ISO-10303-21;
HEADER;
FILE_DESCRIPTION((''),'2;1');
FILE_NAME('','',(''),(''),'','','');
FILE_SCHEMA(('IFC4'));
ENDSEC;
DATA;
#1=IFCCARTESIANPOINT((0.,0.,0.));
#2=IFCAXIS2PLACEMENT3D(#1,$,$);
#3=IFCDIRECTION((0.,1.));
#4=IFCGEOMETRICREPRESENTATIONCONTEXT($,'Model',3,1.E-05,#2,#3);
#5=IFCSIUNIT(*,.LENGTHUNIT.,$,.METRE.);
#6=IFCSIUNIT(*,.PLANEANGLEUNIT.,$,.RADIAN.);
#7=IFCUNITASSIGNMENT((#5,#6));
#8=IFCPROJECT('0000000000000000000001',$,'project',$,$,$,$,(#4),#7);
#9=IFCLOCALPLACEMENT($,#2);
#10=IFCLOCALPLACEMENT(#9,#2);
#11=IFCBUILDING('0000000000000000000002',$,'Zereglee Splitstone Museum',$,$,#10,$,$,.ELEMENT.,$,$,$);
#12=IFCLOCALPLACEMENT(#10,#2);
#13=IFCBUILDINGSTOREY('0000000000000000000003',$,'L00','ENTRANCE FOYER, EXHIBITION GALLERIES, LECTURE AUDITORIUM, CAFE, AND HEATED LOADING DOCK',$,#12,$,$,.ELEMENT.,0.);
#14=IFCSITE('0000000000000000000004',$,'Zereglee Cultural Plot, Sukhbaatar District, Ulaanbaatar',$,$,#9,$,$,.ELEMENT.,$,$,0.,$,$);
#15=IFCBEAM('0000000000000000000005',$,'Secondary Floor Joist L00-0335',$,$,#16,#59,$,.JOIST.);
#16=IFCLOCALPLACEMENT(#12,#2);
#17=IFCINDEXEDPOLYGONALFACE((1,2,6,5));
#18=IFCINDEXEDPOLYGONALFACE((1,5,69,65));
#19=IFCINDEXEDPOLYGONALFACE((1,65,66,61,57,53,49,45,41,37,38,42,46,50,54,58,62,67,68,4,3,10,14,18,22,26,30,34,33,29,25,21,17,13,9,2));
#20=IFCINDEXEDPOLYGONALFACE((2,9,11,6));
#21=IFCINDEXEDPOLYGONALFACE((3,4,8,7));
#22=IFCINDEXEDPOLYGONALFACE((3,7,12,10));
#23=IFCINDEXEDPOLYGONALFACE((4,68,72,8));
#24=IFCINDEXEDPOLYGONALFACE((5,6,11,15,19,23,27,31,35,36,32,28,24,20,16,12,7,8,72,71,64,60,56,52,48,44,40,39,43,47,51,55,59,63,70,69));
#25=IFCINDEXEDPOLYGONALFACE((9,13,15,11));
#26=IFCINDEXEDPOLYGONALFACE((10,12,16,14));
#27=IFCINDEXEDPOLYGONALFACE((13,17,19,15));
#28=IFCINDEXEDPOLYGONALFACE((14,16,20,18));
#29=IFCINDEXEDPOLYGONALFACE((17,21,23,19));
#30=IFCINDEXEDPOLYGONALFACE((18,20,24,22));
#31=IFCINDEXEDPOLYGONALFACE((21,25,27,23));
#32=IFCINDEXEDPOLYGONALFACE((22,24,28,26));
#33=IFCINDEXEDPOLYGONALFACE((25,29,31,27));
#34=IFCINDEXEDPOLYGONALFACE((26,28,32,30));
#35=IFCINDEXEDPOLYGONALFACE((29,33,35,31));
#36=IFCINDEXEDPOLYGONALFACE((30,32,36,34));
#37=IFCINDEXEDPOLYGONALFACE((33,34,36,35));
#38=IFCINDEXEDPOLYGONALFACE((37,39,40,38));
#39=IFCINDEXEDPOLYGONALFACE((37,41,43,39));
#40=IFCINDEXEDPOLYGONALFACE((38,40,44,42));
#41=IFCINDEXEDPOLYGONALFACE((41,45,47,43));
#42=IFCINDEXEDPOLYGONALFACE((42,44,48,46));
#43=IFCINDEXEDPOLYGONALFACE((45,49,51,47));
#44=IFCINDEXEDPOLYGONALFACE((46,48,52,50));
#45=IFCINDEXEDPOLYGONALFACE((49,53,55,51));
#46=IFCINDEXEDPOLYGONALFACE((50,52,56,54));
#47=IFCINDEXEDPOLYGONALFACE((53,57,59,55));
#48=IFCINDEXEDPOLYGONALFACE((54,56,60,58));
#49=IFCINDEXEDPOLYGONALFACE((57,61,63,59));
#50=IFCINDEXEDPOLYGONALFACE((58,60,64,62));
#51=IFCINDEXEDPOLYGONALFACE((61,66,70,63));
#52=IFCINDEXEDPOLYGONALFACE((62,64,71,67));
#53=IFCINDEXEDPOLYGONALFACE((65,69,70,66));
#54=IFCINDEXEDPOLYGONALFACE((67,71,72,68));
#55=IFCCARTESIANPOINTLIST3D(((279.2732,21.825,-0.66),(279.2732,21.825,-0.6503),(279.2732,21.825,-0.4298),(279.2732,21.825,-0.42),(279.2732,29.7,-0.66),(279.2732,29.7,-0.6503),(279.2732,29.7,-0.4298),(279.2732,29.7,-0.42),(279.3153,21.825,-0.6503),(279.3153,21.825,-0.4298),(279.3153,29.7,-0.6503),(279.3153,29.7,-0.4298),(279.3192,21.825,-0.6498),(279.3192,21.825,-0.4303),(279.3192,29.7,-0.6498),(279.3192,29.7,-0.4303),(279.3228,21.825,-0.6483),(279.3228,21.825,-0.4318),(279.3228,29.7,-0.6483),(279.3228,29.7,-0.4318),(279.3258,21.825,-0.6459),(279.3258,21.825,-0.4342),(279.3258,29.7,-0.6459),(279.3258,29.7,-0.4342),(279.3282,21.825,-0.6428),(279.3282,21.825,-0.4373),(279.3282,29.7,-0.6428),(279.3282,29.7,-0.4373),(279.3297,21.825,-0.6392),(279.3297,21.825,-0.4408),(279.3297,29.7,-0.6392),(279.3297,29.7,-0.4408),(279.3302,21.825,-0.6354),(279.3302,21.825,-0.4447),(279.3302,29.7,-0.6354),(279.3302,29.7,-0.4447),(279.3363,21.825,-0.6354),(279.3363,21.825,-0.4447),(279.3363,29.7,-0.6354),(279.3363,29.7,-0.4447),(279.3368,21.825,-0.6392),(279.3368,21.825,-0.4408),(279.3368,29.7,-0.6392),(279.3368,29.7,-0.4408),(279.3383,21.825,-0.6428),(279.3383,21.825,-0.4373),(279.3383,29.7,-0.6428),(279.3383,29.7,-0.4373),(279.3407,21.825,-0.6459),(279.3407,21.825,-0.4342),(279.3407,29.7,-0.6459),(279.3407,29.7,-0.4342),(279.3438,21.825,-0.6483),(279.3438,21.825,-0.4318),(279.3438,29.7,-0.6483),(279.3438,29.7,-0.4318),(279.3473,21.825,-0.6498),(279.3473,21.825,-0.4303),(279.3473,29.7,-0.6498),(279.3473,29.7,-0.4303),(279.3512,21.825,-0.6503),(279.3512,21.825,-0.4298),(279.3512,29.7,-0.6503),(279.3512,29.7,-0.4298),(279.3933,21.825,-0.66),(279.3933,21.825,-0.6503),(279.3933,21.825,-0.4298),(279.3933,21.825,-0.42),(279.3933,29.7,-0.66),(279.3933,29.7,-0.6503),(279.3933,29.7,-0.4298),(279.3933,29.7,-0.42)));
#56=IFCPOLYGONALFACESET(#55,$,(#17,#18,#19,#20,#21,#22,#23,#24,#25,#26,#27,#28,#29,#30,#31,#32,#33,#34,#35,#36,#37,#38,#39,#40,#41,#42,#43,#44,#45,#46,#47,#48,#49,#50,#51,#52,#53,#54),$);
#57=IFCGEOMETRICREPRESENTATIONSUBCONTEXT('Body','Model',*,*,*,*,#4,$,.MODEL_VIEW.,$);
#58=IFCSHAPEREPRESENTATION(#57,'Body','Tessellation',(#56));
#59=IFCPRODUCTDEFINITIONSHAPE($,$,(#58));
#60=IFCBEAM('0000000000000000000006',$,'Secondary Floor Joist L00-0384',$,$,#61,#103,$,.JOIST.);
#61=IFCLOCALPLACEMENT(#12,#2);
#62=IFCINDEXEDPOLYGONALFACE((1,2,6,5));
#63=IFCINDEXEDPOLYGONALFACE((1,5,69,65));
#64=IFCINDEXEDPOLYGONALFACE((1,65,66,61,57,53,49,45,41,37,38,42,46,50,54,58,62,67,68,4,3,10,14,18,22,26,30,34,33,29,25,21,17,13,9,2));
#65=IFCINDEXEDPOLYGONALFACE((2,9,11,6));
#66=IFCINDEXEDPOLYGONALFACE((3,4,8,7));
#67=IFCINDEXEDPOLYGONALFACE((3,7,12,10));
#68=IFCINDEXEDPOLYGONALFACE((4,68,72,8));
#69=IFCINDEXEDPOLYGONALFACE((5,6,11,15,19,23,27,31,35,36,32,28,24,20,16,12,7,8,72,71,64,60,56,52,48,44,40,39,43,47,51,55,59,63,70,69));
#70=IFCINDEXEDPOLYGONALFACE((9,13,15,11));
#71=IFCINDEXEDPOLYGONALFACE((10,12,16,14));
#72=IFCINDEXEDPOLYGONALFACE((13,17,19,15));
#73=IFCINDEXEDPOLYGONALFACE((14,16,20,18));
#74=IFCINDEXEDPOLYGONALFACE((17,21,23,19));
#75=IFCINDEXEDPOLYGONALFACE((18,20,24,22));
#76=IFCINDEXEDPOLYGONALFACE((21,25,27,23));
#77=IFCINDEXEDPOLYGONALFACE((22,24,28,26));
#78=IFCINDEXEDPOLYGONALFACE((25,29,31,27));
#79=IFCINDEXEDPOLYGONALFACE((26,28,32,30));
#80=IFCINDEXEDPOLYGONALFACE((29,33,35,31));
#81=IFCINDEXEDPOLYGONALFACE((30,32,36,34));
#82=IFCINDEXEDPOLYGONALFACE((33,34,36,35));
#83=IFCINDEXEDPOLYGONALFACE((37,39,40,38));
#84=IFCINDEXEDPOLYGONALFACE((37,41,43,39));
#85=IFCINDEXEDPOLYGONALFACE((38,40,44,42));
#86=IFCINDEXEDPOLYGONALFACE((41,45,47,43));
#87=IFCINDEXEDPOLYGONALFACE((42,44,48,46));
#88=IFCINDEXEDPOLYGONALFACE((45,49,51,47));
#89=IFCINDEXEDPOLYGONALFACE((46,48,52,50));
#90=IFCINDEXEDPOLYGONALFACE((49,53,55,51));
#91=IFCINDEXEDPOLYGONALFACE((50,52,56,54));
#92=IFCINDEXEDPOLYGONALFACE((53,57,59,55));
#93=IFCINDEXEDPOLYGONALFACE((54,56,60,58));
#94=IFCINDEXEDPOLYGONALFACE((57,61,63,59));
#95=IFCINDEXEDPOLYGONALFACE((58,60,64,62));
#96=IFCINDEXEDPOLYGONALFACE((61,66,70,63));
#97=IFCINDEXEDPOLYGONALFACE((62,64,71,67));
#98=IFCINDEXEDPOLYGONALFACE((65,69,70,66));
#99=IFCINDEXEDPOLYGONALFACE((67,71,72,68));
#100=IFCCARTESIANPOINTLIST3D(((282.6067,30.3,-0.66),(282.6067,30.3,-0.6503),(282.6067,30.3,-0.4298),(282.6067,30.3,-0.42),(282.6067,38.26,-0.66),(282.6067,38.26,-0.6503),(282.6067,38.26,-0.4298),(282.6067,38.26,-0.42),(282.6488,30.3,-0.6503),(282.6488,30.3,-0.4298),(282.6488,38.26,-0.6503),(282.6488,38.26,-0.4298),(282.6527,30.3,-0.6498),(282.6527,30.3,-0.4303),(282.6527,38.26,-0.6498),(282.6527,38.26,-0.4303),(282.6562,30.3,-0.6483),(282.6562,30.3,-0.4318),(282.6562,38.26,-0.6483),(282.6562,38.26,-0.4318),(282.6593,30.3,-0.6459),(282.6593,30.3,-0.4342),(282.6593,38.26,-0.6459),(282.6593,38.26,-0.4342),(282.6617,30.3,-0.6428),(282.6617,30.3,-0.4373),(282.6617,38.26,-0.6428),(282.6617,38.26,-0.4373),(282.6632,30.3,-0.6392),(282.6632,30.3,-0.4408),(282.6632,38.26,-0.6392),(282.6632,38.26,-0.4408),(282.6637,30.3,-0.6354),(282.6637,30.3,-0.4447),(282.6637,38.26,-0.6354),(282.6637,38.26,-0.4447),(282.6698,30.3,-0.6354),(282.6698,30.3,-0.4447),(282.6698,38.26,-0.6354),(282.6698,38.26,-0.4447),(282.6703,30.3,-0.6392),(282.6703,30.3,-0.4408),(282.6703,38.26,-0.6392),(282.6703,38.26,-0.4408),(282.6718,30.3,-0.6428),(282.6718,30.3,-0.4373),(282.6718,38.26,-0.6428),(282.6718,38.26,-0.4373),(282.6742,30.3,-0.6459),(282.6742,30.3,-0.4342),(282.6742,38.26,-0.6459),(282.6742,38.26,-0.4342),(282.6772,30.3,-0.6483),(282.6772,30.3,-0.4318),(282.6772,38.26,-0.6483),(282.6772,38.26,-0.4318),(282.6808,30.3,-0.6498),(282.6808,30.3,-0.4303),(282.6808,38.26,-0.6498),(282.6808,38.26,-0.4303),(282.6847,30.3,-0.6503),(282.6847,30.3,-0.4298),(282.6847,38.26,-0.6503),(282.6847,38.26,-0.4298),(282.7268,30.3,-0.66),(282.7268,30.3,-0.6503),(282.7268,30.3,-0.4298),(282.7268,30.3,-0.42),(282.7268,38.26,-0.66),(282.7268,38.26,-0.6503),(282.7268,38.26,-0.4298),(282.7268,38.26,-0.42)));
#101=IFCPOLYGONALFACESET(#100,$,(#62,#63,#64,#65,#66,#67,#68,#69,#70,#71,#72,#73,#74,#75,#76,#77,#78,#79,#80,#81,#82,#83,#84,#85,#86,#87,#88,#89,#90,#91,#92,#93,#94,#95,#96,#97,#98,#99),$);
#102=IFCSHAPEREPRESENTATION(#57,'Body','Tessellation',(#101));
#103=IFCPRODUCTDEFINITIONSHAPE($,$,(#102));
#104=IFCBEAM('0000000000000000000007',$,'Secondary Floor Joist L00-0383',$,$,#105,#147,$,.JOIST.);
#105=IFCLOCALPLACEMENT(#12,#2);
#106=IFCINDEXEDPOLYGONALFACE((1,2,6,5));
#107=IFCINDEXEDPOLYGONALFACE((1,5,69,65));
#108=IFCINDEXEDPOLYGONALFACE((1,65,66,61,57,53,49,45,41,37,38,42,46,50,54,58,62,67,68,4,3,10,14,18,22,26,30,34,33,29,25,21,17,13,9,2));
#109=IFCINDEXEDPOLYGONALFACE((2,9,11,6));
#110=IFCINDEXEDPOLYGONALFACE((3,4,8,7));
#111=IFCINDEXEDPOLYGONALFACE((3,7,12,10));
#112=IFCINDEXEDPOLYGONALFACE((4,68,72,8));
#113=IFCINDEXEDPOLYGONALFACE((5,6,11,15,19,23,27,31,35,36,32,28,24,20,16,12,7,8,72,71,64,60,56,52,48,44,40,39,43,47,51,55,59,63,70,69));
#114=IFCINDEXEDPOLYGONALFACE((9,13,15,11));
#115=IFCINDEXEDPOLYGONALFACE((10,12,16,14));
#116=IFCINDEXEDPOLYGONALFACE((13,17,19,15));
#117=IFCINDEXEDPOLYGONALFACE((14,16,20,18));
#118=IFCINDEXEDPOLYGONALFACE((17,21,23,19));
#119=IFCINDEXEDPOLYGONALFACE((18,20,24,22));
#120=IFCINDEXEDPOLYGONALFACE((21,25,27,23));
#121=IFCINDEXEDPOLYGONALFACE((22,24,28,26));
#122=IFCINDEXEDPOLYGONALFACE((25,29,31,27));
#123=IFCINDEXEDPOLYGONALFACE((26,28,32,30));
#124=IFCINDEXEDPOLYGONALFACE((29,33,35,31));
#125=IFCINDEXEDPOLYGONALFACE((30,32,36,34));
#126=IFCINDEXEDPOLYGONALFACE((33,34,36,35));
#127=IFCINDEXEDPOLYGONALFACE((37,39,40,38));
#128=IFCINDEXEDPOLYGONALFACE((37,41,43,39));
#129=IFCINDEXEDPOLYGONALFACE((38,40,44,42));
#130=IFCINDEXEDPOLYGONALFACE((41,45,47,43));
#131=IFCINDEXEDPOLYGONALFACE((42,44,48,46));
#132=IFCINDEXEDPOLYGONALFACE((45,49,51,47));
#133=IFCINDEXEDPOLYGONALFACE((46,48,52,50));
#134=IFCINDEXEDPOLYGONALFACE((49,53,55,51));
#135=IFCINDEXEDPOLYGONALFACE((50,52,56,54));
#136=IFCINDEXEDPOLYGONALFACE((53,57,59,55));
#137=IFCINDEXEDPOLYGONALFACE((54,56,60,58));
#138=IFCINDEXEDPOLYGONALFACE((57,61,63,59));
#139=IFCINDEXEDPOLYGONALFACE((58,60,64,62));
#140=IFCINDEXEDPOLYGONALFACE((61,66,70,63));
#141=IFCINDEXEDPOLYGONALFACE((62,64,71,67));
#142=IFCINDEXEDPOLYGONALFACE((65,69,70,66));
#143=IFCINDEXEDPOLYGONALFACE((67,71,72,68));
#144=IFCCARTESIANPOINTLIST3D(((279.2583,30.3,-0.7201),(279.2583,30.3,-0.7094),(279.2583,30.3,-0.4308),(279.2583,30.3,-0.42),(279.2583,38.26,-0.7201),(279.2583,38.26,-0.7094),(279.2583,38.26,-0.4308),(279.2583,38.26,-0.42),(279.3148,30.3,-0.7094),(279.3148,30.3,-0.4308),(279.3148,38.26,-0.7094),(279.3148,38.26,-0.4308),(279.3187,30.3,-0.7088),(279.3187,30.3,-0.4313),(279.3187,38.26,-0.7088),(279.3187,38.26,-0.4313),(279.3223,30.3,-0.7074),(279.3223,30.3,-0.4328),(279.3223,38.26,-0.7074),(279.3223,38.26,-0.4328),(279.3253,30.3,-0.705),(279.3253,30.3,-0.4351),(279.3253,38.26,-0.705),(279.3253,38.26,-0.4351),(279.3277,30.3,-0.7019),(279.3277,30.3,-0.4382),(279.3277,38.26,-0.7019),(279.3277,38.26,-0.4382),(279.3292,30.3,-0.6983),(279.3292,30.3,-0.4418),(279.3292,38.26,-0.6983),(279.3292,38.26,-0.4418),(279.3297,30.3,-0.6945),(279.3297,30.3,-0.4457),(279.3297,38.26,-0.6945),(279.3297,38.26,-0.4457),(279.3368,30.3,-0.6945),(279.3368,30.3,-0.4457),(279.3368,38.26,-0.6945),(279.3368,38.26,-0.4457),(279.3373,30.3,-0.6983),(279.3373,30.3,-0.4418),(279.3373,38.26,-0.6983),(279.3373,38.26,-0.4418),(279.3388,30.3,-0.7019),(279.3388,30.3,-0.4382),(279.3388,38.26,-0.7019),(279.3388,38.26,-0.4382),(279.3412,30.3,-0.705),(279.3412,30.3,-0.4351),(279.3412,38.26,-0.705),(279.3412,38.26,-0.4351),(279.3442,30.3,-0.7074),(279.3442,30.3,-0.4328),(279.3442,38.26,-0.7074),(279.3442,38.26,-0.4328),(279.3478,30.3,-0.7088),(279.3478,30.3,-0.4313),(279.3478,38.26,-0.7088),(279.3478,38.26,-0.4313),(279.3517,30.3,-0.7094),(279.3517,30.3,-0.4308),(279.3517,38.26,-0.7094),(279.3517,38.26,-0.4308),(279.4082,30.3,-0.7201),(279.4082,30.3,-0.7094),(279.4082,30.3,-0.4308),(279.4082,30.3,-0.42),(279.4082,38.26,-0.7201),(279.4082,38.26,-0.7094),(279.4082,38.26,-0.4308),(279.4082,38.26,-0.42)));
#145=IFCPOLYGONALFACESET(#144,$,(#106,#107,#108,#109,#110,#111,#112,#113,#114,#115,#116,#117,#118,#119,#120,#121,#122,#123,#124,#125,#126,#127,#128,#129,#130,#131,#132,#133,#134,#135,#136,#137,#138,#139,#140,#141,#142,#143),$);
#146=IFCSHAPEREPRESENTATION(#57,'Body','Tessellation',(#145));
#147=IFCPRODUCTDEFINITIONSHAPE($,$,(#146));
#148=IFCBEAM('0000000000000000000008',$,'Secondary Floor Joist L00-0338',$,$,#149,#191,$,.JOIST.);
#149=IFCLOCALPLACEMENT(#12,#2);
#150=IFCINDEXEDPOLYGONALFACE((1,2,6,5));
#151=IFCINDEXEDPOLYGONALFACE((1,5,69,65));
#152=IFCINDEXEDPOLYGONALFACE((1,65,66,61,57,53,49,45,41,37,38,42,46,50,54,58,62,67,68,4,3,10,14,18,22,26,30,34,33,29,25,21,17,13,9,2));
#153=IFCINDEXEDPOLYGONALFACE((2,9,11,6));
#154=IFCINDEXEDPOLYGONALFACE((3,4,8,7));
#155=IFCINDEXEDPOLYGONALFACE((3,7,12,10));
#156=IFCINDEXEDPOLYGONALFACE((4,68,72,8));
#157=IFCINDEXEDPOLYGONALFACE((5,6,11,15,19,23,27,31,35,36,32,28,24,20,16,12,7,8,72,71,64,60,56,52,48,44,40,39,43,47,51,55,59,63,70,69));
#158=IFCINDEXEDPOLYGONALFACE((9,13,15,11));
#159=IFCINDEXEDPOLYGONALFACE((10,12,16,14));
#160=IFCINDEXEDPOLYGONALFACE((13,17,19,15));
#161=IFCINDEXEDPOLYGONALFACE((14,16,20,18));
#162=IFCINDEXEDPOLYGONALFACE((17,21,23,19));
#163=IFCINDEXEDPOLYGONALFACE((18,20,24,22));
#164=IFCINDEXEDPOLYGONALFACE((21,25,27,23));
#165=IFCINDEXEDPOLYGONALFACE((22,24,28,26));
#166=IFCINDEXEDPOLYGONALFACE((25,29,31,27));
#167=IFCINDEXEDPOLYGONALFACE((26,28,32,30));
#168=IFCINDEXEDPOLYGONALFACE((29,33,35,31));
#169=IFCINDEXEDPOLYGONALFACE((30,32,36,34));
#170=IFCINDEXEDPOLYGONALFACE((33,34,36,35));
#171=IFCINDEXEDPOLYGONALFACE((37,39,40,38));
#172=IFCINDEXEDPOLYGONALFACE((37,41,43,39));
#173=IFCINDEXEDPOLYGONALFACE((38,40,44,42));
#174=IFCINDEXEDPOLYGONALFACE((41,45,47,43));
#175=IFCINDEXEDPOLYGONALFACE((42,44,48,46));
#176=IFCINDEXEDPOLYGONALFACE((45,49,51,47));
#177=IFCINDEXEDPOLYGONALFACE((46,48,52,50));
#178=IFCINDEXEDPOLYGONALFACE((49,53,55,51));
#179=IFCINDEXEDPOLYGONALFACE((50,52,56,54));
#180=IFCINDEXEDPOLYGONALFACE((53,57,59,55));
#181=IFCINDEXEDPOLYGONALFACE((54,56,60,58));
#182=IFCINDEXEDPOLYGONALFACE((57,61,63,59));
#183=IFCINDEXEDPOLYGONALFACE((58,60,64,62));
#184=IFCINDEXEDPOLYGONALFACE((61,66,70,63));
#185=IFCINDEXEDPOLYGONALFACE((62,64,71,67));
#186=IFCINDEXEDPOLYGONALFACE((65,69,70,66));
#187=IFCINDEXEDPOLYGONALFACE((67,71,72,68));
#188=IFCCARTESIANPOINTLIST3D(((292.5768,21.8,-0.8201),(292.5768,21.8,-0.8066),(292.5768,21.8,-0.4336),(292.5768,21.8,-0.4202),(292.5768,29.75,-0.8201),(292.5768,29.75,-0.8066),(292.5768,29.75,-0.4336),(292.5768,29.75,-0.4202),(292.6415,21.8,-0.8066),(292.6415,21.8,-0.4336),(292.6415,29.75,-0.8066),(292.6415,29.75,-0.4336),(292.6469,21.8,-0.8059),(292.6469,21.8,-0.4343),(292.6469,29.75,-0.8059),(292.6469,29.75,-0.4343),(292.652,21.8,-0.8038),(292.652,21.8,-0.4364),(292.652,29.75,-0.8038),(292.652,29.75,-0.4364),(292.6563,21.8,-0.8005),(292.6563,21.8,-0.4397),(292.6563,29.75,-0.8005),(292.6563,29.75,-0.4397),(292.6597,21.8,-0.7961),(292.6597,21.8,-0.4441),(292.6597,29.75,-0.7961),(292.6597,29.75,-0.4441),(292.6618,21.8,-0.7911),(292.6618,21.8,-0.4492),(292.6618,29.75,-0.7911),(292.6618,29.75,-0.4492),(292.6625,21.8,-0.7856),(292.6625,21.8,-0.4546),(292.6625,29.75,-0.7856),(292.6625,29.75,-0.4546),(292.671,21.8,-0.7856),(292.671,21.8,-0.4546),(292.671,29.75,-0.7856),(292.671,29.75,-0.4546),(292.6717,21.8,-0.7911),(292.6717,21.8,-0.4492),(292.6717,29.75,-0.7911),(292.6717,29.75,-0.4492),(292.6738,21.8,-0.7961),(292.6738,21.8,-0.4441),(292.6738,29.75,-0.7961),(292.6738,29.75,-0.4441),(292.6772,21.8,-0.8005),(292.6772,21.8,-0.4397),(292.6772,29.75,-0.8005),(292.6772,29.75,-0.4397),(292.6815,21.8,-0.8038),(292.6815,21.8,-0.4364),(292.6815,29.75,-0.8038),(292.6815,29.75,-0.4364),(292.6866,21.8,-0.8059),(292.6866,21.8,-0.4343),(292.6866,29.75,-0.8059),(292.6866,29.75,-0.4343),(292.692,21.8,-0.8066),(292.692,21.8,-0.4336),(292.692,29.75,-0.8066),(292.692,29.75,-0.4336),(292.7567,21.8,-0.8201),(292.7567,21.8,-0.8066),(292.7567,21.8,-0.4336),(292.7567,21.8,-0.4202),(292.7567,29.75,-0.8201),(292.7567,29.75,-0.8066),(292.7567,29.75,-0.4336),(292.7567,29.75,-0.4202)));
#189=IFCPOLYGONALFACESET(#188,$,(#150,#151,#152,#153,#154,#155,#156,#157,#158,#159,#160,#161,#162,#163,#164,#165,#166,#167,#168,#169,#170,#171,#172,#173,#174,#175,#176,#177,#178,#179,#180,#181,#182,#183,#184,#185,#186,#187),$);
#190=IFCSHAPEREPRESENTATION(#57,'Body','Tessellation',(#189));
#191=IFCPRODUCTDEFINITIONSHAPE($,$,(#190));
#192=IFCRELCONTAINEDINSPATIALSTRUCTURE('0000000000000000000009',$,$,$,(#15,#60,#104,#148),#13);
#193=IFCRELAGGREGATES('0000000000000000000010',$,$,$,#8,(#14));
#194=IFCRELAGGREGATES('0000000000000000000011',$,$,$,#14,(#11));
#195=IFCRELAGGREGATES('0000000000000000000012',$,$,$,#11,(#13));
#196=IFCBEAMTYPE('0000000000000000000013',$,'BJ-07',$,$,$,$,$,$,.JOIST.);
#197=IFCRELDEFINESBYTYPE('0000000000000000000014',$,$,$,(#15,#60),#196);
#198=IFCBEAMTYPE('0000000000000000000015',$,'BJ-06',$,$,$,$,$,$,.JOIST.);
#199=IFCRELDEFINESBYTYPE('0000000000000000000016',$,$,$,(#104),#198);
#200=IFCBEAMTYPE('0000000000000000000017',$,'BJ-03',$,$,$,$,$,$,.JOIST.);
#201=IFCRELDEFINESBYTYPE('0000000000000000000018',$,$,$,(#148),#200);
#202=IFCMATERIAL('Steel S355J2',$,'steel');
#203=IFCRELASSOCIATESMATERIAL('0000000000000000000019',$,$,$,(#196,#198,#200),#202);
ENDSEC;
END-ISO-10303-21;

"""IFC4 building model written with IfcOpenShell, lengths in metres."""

from ifc_helpers import new_model, si_unit, direction, frame, origin, origin_2d, place, context, subcontext, project, spatial, i_section, extrude, material, material_profile, profile_set, type_object, element, save


model = new_model("IFC4")

# Units and contexts
model_context = context("Model", 3, precision=1e-05, world=origin(), true_north=direction((0.0, 1.0)))
body_context = subcontext(model_context, "Body", "Model", "MODEL_VIEW")
ifc_project = project(units=[si_unit("LENGTHUNIT", "METRE"), si_unit("PLANEANGLEUNIT", "RADIAN")], contexts=[model_context])

# Site, building, storey
site_placement = place(None, origin())
site = spatial("IfcSite", under=ifc_project, at=site_placement, Name="Zereglee Cultural Plot, Sukhbaatar District, Ulaanbaatar", CompositionType="ELEMENT", RefElevation=0.0)
building_placement = place(site_placement, origin())
building = spatial("IfcBuilding", under=site, at=building_placement, Name="Zereglee Splitstone Museum", CompositionType="ELEMENT")
storey_placement = place(building_placement, origin())
storey = spatial("IfcBuildingStorey", under=building, at=storey_placement, Name="L00", Description="ENTRANCE FOYER, EXHIBITION GALLERIES, LECTURE AUDITORIUM, CAFE, AND HEATED LOADING DOCK", CompositionType="ELEMENT", Elevation=0.0)

# Beams
ifc_material_1 = material(Name="Steel S355J2", Category="steel")
ifc_material_profile_1 = material_profile(ifc_material_1, i_section(OverallWidth=0.1201, OverallDepth=0.24, WebThickness=0.0061, FlangeThickness=0.0098, FilletRadius=0.0149, at=origin_2d()), Name="IPE 240")
ifc_profile_set_1 = profile_set([ifc_material_profile_1], Name="Steel S355J2")
beam_type_1 = type_object("IfcBeamType", Name="BJ-07", PredefinedType="JOIST", material=ifc_profile_set_1)
beam_1_placement = place(storey_placement, frame((279.3333, 21.825, -0.54), z_axis=(0.0, 1.0, 0.0), x_axis=(-1.0, 0.0, 0.0)))
element("IfcBeam", 1, at=beam_1_placement, inside=storey, type_object=beam_type_1, Name="Secondary Floor Joist L00-0335", PredefinedType="JOIST", context=body_context, shape_type="SweptSolid", body=[
    extrude(i_section(OverallWidth=0.1201, OverallDepth=0.24, WebThickness=0.0061, FlangeThickness=0.0098, FilletRadius=0.0149, at=origin_2d()), origin(), (0.0, 0.0, 1.0), 7.875),
])
beam_2_placement = place(storey_placement, frame((282.6667, 30.3, -0.54), z_axis=(0.0, 1.0, 0.0), x_axis=(-1.0, 0.0, 0.0)))
element("IfcBeam", 2, at=beam_2_placement, inside=storey, type_object=beam_type_1, Name="Secondary Floor Joist L00-0384", PredefinedType="JOIST", context=body_context, shape_type="SweptSolid", body=[
    extrude(i_section(OverallWidth=0.1201, OverallDepth=0.24, WebThickness=0.0061, FlangeThickness=0.0098, FilletRadius=0.0149, at=origin_2d()), origin(), (0.0, 0.0, 1.0), 7.96),
])
ifc_material_profile_2 = material_profile(ifc_material_1, i_section(OverallWidth=0.1499, OverallDepth=0.3, WebThickness=0.0071, FlangeThickness=0.0107, FilletRadius=0.0149, at=origin_2d()), Name="IPE 300")
ifc_profile_set_2 = profile_set([ifc_material_profile_2], Name="Steel S355J2")
beam_type_2 = type_object("IfcBeamType", Name="BJ-06", PredefinedType="JOIST", material=ifc_profile_set_2)
beam_3_placement = place(storey_placement, frame((279.3333, 30.3, -0.5701), z_axis=(0.0, 1.0, 0.0), x_axis=(-1.0, 0.0, 0.0)))
element("IfcBeam", 3, at=beam_3_placement, inside=storey, type_object=beam_type_2, Name="Secondary Floor Joist L00-0383", PredefinedType="JOIST", context=body_context, shape_type="SweptSolid", body=[
    extrude(i_section(OverallWidth=0.1499, OverallDepth=0.3, WebThickness=0.0071, FlangeThickness=0.0107, FilletRadius=0.0149, at=origin_2d()), origin(), (0.0, 0.0, 1.0), 7.96),
])
ifc_material_profile_3 = material_profile(ifc_material_1, i_section(OverallWidth=0.1799, OverallDepth=0.3999, WebThickness=0.0085, FlangeThickness=0.0134, FilletRadius=0.021, at=origin_2d()), Name="IPE 400")
ifc_profile_set_3 = profile_set([ifc_material_profile_3], Name="Steel S355J2")
beam_type_3 = type_object("IfcBeamType", Name="BJ-03", PredefinedType="JOIST", material=ifc_profile_set_3)
beam_4_placement = place(storey_placement, frame((292.6667, 21.8, -0.6201), z_axis=(0.0, 1.0, 0.0), x_axis=(-1.0, 0.0, 0.0)))
element("IfcBeam", 4, at=beam_4_placement, inside=storey, type_object=beam_type_3, Name="Secondary Floor Joist L00-0338", PredefinedType="JOIST", context=body_context, shape_type="SweptSolid", body=[
    extrude(i_section(OverallWidth=0.1799, OverallDepth=0.3999, WebThickness=0.0085, FlangeThickness=0.0134, FilletRadius=0.021, at=origin_2d()), origin(), (0.0, 0.0, 1.0), 7.95),
])

save(model, "model.ifc")
